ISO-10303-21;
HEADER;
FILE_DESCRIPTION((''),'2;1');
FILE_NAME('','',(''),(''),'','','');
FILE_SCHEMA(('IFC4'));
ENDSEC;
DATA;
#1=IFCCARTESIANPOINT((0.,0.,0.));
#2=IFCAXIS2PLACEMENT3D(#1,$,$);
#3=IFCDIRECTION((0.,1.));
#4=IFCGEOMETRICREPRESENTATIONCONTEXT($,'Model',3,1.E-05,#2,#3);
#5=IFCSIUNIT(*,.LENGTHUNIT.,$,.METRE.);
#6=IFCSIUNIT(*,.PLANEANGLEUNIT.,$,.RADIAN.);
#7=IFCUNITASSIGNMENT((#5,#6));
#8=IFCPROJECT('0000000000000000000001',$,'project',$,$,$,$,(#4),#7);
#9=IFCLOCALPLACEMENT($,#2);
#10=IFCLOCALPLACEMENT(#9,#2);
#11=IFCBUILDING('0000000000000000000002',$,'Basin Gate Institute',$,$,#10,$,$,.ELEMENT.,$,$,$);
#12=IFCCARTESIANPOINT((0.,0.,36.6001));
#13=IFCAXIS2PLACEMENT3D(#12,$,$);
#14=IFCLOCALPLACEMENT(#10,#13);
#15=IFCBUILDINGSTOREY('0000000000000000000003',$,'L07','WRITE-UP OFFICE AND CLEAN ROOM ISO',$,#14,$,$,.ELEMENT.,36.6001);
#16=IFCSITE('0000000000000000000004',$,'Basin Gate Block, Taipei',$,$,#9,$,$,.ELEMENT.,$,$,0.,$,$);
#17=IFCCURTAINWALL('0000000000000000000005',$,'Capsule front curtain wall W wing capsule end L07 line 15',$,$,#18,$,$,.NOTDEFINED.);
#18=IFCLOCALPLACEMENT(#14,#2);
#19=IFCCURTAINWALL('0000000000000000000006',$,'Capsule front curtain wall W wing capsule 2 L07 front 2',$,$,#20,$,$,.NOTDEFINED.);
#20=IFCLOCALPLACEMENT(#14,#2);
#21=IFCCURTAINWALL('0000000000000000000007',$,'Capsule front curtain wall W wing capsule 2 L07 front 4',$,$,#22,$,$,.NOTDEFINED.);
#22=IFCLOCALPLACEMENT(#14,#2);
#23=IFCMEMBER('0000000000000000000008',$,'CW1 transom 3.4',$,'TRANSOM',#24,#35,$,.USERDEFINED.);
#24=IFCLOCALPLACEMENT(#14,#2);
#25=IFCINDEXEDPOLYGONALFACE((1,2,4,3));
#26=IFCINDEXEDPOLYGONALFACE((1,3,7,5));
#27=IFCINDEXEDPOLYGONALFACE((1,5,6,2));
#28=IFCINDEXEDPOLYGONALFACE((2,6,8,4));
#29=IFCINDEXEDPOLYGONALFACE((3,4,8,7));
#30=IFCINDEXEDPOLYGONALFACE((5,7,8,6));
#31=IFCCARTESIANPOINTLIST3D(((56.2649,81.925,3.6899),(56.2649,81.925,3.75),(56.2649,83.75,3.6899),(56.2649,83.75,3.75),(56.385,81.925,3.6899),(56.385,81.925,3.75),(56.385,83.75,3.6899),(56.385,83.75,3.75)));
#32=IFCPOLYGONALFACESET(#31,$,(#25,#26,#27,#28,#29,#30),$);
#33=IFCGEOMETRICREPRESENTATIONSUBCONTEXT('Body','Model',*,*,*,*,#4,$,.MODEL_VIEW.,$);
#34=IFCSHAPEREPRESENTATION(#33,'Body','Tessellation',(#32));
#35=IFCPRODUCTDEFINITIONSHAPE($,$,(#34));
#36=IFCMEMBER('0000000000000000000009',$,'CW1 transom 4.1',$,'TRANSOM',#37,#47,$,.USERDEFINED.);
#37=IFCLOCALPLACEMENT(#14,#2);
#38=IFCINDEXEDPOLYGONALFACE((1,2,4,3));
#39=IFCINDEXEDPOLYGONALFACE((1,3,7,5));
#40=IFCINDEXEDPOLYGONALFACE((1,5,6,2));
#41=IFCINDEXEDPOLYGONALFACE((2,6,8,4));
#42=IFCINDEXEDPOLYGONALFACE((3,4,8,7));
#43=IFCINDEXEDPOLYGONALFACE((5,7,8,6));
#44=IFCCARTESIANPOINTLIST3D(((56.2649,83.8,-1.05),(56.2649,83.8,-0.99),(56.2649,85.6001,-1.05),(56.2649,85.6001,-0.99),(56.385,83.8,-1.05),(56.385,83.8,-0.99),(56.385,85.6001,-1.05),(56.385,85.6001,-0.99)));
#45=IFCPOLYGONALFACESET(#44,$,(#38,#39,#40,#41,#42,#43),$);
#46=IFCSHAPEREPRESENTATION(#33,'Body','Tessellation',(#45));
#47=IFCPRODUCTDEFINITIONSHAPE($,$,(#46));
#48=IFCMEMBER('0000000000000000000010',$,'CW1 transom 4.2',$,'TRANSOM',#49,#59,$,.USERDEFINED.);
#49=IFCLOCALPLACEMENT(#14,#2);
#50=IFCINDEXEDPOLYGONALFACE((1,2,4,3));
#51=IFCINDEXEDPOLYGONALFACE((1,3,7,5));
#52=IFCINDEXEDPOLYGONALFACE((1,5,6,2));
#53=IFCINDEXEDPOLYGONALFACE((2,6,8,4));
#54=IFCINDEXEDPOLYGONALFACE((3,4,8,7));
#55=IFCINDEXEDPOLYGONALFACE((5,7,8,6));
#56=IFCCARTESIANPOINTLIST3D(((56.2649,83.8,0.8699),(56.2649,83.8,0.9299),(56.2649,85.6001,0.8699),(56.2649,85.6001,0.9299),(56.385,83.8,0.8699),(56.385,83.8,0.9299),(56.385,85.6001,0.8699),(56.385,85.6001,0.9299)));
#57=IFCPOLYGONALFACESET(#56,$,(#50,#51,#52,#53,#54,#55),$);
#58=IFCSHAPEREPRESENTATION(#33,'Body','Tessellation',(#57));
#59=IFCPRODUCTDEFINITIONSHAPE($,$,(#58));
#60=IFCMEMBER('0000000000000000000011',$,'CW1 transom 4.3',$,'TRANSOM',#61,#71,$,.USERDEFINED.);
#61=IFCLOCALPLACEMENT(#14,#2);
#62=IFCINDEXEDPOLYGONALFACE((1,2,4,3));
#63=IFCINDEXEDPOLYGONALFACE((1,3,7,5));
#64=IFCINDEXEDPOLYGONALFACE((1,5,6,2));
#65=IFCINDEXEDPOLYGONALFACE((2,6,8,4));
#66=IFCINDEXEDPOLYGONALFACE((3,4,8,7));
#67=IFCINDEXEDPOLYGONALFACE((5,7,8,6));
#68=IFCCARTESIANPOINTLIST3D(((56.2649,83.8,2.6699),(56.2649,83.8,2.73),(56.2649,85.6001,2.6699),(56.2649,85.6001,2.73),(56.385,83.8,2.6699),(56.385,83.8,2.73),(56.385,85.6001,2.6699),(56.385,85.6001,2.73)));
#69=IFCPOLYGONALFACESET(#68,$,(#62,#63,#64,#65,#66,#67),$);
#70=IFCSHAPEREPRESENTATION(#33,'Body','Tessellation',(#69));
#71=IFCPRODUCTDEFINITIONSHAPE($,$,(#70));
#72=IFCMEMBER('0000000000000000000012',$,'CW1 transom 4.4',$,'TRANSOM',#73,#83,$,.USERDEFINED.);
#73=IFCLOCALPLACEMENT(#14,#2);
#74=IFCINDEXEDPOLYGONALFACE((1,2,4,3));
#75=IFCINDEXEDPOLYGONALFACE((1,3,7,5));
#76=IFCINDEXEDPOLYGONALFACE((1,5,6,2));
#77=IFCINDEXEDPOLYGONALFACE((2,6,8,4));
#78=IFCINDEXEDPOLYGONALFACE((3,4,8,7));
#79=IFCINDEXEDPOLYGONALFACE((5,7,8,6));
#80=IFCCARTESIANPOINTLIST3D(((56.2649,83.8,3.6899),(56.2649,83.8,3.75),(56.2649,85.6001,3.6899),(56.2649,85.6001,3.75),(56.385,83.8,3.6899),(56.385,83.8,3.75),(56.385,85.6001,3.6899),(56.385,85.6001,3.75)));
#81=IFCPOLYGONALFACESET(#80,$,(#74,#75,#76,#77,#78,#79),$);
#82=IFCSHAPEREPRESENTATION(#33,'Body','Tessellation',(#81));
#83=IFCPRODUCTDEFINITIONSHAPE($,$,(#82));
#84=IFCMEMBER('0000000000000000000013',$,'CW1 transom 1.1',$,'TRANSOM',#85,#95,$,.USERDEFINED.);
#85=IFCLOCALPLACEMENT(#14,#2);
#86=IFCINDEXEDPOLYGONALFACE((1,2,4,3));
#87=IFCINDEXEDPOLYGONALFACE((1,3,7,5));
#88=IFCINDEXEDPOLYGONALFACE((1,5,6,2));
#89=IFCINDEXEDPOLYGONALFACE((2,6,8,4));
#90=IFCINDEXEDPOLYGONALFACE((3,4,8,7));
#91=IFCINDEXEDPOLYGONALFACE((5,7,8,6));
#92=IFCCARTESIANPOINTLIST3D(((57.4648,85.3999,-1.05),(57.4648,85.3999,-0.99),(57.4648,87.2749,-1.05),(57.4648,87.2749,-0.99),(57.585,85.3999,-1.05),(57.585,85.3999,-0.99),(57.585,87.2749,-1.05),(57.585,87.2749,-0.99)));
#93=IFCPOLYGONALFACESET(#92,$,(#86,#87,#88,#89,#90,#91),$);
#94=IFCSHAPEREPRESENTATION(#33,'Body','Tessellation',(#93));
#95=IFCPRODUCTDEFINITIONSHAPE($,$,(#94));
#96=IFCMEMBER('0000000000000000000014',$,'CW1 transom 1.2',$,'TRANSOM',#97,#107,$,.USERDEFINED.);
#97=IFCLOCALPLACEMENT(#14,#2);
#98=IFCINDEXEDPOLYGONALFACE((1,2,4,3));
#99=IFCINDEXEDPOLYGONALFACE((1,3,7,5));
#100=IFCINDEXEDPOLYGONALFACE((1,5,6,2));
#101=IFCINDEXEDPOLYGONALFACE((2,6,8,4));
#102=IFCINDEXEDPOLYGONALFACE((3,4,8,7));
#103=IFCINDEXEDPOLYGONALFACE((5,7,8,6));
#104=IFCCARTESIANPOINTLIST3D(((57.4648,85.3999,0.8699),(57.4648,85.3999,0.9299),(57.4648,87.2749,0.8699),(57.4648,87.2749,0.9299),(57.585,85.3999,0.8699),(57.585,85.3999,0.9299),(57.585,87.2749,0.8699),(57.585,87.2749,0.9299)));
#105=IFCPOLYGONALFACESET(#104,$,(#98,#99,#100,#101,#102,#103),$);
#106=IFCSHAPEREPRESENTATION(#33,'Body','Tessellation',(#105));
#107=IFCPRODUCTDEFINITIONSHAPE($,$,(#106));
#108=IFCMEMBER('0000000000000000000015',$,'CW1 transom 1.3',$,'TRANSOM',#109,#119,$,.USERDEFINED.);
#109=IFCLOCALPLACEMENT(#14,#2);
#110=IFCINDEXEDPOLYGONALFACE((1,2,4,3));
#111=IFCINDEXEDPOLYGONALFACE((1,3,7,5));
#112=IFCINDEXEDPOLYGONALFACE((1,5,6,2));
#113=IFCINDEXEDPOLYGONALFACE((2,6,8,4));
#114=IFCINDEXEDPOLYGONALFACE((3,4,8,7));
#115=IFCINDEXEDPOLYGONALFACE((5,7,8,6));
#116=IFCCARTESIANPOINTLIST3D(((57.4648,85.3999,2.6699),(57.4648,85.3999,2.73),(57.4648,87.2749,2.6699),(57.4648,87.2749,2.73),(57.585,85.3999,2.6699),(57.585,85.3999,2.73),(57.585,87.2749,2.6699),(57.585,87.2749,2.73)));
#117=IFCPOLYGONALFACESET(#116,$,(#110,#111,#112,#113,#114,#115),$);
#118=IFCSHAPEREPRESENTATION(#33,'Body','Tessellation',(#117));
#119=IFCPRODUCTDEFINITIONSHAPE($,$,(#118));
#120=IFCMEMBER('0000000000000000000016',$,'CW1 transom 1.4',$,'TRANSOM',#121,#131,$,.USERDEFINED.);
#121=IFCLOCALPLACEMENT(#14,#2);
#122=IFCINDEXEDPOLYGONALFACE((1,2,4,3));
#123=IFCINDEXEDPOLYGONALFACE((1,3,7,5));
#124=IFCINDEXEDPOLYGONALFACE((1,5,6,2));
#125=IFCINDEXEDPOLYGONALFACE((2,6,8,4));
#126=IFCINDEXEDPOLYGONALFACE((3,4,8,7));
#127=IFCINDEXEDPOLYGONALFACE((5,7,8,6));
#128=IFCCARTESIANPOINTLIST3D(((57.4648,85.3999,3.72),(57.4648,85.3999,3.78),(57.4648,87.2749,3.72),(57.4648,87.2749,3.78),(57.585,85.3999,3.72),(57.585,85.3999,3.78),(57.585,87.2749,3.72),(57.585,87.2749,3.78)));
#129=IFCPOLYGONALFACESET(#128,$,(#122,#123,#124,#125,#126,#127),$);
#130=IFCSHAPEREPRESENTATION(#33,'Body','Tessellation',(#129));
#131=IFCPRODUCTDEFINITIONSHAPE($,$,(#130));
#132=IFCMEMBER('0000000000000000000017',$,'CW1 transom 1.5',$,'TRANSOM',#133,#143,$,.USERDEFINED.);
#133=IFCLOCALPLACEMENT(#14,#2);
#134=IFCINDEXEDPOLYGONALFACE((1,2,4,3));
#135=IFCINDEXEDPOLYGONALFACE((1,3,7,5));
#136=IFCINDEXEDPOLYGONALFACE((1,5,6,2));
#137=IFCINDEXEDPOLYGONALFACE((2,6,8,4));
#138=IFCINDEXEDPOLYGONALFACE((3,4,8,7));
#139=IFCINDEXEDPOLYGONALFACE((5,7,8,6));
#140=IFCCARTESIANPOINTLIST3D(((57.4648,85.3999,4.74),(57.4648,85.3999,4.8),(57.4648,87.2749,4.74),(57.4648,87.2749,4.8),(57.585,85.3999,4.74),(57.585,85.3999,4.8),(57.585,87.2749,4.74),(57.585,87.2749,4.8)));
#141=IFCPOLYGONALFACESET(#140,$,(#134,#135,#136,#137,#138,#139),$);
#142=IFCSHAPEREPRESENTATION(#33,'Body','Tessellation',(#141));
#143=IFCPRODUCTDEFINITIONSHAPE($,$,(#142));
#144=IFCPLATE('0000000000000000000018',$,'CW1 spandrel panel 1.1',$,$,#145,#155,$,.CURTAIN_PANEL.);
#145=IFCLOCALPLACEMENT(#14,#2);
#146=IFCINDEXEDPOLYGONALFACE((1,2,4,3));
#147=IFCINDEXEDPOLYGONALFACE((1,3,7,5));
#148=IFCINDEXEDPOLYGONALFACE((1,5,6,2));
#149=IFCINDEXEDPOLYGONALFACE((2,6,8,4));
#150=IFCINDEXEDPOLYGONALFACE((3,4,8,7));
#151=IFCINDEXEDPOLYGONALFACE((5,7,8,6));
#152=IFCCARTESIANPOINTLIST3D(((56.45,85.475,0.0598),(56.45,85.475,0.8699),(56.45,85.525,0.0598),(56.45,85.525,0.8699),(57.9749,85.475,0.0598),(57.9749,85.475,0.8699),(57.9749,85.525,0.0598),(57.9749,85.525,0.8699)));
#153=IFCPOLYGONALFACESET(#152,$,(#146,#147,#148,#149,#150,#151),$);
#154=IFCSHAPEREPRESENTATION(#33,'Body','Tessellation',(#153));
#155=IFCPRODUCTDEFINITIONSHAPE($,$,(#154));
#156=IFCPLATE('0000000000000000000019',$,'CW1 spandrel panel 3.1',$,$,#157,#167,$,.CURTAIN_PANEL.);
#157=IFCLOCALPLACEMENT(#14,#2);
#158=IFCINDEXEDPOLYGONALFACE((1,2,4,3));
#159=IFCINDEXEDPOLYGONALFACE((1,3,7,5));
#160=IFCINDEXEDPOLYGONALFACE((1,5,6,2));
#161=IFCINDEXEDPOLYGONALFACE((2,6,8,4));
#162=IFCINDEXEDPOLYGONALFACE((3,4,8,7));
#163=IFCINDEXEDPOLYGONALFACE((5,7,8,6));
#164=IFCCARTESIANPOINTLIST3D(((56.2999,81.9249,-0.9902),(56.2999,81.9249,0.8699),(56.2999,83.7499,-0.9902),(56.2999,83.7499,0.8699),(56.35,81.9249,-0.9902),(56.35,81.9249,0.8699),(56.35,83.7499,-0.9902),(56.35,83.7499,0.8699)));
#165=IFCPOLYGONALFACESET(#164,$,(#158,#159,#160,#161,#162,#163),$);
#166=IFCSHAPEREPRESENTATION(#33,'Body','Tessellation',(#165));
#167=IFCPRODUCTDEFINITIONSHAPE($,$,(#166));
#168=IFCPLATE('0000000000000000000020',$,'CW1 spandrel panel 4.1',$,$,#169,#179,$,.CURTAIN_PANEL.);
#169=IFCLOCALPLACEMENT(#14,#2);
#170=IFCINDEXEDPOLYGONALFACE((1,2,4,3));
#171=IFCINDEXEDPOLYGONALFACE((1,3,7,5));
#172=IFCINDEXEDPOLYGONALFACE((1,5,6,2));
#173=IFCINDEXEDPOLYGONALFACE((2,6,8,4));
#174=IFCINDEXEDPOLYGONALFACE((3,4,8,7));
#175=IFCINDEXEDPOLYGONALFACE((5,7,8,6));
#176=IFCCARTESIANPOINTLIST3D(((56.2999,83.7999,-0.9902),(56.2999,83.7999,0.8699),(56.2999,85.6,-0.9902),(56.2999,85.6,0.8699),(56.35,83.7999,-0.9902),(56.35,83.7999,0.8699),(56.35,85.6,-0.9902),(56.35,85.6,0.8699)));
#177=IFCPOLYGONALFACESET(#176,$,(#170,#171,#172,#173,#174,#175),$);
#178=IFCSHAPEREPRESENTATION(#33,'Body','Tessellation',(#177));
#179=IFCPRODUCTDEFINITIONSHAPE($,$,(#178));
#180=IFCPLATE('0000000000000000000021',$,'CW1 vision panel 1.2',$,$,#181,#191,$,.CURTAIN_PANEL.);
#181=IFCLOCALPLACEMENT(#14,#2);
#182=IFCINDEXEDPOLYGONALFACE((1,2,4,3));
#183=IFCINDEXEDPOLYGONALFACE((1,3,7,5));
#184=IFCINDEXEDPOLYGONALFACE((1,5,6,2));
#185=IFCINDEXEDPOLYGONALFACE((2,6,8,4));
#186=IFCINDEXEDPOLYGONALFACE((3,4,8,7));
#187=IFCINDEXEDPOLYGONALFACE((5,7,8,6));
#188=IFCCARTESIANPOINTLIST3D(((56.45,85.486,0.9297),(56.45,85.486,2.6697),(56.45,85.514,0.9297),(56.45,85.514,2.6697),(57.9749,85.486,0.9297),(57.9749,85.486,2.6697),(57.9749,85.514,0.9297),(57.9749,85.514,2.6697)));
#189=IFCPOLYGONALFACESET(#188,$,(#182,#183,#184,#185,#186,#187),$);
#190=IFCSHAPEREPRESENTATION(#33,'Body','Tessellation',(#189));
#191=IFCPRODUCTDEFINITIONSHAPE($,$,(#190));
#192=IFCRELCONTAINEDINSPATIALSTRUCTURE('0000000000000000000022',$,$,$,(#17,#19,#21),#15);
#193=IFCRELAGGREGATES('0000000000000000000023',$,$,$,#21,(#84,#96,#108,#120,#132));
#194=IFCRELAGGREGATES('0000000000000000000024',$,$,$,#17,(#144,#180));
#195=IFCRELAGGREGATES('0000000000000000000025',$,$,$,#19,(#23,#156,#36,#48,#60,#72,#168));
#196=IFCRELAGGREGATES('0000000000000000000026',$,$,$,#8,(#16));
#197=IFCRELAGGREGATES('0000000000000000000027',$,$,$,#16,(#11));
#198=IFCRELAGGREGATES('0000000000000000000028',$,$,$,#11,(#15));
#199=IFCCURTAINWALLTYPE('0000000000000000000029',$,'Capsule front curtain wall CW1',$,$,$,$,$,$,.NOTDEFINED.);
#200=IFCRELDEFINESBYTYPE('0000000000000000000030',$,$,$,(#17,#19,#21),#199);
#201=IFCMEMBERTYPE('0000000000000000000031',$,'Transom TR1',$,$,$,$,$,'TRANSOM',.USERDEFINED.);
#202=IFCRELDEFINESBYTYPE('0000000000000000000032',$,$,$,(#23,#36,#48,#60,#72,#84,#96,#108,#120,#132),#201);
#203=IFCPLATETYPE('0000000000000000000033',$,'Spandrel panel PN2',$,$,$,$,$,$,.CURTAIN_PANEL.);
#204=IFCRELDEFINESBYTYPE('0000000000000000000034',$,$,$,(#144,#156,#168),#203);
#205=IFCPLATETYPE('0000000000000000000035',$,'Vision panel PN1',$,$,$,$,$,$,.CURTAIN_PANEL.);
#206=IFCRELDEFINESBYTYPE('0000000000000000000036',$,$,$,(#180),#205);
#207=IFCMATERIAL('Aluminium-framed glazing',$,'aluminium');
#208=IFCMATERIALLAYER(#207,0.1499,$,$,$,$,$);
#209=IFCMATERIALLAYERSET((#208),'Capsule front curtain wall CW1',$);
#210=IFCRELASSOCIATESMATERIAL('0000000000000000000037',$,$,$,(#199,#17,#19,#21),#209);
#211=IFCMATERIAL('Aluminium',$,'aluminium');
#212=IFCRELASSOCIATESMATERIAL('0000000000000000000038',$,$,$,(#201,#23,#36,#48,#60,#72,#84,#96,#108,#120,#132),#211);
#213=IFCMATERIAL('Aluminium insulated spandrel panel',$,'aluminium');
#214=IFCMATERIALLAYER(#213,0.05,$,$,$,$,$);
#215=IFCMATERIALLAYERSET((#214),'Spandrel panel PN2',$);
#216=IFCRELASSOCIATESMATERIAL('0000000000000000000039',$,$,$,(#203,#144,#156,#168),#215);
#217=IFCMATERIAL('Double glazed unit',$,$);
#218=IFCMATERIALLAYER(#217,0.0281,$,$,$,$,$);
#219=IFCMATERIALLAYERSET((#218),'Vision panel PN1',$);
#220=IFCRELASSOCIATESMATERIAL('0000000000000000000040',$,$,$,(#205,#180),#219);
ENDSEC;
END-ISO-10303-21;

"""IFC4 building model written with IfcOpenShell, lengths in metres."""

from ifc_helpers import new_model, si_unit, direction, frame, origin, origin_2d, place, context, subcontext, project, spatial, rectangle, extrude, material, layer, layer_set, material_profile, profile_set, type_object, element, aggregate, save


model = new_model("IFC4")

# Units and contexts
model_context = context("Model", 3, precision=1e-05, world=origin(), true_north=direction((0.0, 1.0)))
body_context = subcontext(model_context, "Body", "Model", "MODEL_VIEW")
ifc_project = project(units=[si_unit("LENGTHUNIT", "METRE"), si_unit("PLANEANGLEUNIT", "RADIAN")], contexts=[model_context])

# Site, building, storey
site_placement = place(None, origin())
site = spatial("IfcSite", under=ifc_project, at=site_placement, Name="Basin Gate Block, Taipei", CompositionType="ELEMENT", RefElevation=0.0)
building_placement = place(site_placement, origin())
building = spatial("IfcBuilding", under=site, at=building_placement, Name="Basin Gate Institute", CompositionType="ELEMENT")
storey_placement = place(building_placement, frame((0.0, 0.0, 36.6001)))
storey = spatial("IfcBuildingStorey", under=building, at=storey_placement, Name="L07", Description="WRITE-UP OFFICE AND CLEAN ROOM ISO", CompositionType="ELEMENT", Elevation=36.6001)

# Curtain wall
ifc_material_1 = material(Name="Aluminium-framed glazing", Category="aluminium")
ifc_layer_1 = layer(ifc_material_1, 0.1499)
ifc_layer_set_1 = layer_set([ifc_layer_1], Name="Capsule front curtain wall CW1")
curtain_wall_type = type_object("IfcCurtainWallType", Name="Capsule front curtain wall CW1", PredefinedType="NOTDEFINED", material=ifc_layer_set_1)
curtain_wall_1_placement = place(storey_placement, origin())
curtain_wall_1 = element("IfcCurtainWall", 1, at=curtain_wall_1_placement, inside=storey, type_object=curtain_wall_type, material=ifc_layer_set_1, Name="Capsule front curtain wall W wing capsule end L07 line 15", PredefinedType="NOTDEFINED")

# Curtain wall
curtain_wall_2_placement = place(storey_placement, origin())
curtain_wall_2 = element("IfcCurtainWall", 2, at=curtain_wall_2_placement, inside=storey, type_object=curtain_wall_type, material=ifc_layer_set_1, Name="Capsule front curtain wall W wing capsule 2 L07 front 2", PredefinedType="NOTDEFINED")

# Curtain wall
curtain_wall_3_placement = place(storey_placement, origin())
curtain_wall_3 = element("IfcCurtainWall", 3, at=curtain_wall_3_placement, inside=storey, type_object=curtain_wall_type, material=ifc_layer_set_1, Name="Capsule front curtain wall W wing capsule 2 L07 front 4", PredefinedType="NOTDEFINED")

# Members
ifc_material_2 = material(Name="Aluminium", Category="aluminium")
ifc_material_profile_1 = material_profile(ifc_material_2, rectangle(XDim=0.1201, YDim=0.0601, at=origin_2d()), Name="Transom TR1 120 x 60")
ifc_profile_set_1 = profile_set([ifc_material_profile_1], Name="Aluminium")
member_type_1 = type_object("IfcMemberType", Name="Transom TR1", ElementType="TRANSOM", PredefinedType="USERDEFINED", material=ifc_profile_set_1)
member_1_placement = place(storey_placement, frame((56.325, 81.925, 3.72), z_axis=(0.0, 1.0, 0.0), x_axis=(-1.0, 0.0, 0.0)))
member_1 = element("IfcMember", 4, at=member_1_placement, type_object=member_type_1, material=ifc_profile_set_1, Name="CW1 transom 3.4", ObjectType="TRANSOM", PredefinedType="USERDEFINED", context=body_context, shape_type="SweptSolid", body=[
    extrude(rectangle(XDim=0.1201, YDim=0.0601, at=origin_2d()), origin(), (0.0, 0.0, 1.0), 1.825),
])
member_2_placement = place(storey_placement, frame((56.325, 83.8, -1.02), z_axis=(0.0, 1.0, 0.0), x_axis=(-1.0, 0.0, 0.0)))
member_2 = element("IfcMember", 5, at=member_2_placement, type_object=member_type_1, material=ifc_profile_set_1, Name="CW1 transom 4.1", ObjectType="TRANSOM", PredefinedType="USERDEFINED", context=body_context, shape_type="SweptSolid", body=[
    extrude(rectangle(XDim=0.1201, YDim=0.0601, at=origin_2d()), origin(), (0.0, 0.0, 1.0), 1.8),
])
member_3_placement = place(storey_placement, frame((56.325, 83.8, 0.8999), z_axis=(0.0, 1.0, 0.0), x_axis=(-1.0, 0.0, 0.0)))
member_3 = element("IfcMember", 6, at=member_3_placement, type_object=member_type_1, material=ifc_profile_set_1, Name="CW1 transom 4.2", ObjectType="TRANSOM", PredefinedType="USERDEFINED", context=body_context, shape_type="SweptSolid", body=[
    extrude(rectangle(XDim=0.1201, YDim=0.0601, at=origin_2d()), origin(), (0.0, 0.0, 1.0), 1.8),
])
member_4_placement = place(storey_placement, frame((56.325, 83.8, 2.7), z_axis=(0.0, 1.0, 0.0), x_axis=(-1.0, 0.0, 0.0)))
member_4 = element("IfcMember", 7, at=member_4_placement, type_object=member_type_1, material=ifc_profile_set_1, Name="CW1 transom 4.3", ObjectType="TRANSOM", PredefinedType="USERDEFINED", context=body_context, shape_type="SweptSolid", body=[
    extrude(rectangle(XDim=0.1201, YDim=0.0601, at=origin_2d()), origin(), (0.0, 0.0, 1.0), 1.8),
])
member_5_placement = place(storey_placement, frame((56.325, 83.8, 3.72), z_axis=(0.0, 1.0, 0.0), x_axis=(-1.0, 0.0, 0.0)))
member_5 = element("IfcMember", 8, at=member_5_placement, type_object=member_type_1, material=ifc_profile_set_1, Name="CW1 transom 4.4", ObjectType="TRANSOM", PredefinedType="USERDEFINED", context=body_context, shape_type="SweptSolid", body=[
    extrude(rectangle(XDim=0.1201, YDim=0.0601, at=origin_2d()), origin(), (0.0, 0.0, 1.0), 1.8),
])
member_6_placement = place(storey_placement, frame((57.5249, 85.3999, -1.02), z_axis=(0.0, 1.0, 0.0), x_axis=(-1.0, 0.0, 0.0)))
member_6 = element("IfcMember", 9, at=member_6_placement, type_object=member_type_1, material=ifc_profile_set_1, Name="CW1 transom 1.1", ObjectType="TRANSOM", PredefinedType="USERDEFINED", context=body_context, shape_type="SweptSolid", body=[
    extrude(rectangle(XDim=0.1201, YDim=0.0601, at=origin_2d()), origin(), (0.0, 0.0, 1.0), 1.875),
])
member_7_placement = place(storey_placement, frame((57.5249, 85.3999, 0.8999), z_axis=(0.0, 1.0, 0.0), x_axis=(-1.0, 0.0, 0.0)))
member_7 = element("IfcMember", 10, at=member_7_placement, type_object=member_type_1, material=ifc_profile_set_1, Name="CW1 transom 1.2", ObjectType="TRANSOM", PredefinedType="USERDEFINED", context=body_context, shape_type="SweptSolid", body=[
    extrude(rectangle(XDim=0.1201, YDim=0.0601, at=origin_2d()), origin(), (0.0, 0.0, 1.0), 1.875),
])
member_8_placement = place(storey_placement, frame((57.5249, 85.3999, 2.7), z_axis=(0.0, 1.0, 0.0), x_axis=(-1.0, 0.0, 0.0)))
member_8 = element("IfcMember", 11, at=member_8_placement, type_object=member_type_1, material=ifc_profile_set_1, Name="CW1 transom 1.3", ObjectType="TRANSOM", PredefinedType="USERDEFINED", context=body_context, shape_type="SweptSolid", body=[
    extrude(rectangle(XDim=0.1201, YDim=0.0601, at=origin_2d()), origin(), (0.0, 0.0, 1.0), 1.875),
])
member_9_placement = place(storey_placement, frame((57.5249, 85.3999, 3.75), z_axis=(0.0, 1.0, 0.0), x_axis=(-1.0, 0.0, 0.0)))
member_9 = element("IfcMember", 12, at=member_9_placement, type_object=member_type_1, material=ifc_profile_set_1, Name="CW1 transom 1.4", ObjectType="TRANSOM", PredefinedType="USERDEFINED", context=body_context, shape_type="SweptSolid", body=[
    extrude(rectangle(XDim=0.1201, YDim=0.0601, at=origin_2d()), origin(), (0.0, 0.0, 1.0), 1.875),
])
member_10_placement = place(storey_placement, frame((57.5249, 85.3999, 4.77), z_axis=(0.0, 1.0, 0.0), x_axis=(-1.0, 0.0, 0.0)))
member_10 = element("IfcMember", 13, at=member_10_placement, type_object=member_type_1, material=ifc_profile_set_1, Name="CW1 transom 1.5", ObjectType="TRANSOM", PredefinedType="USERDEFINED", context=body_context, shape_type="SweptSolid", body=[
    extrude(rectangle(XDim=0.1201, YDim=0.0601, at=origin_2d()), origin(), (0.0, 0.0, 1.0), 1.875),
])
aggregate(curtain_wall_3, [member_6, member_7, member_8, member_9, member_10])

# Plates
ifc_material_3 = material(Name="Aluminium insulated spandrel panel", Category="aluminium")
ifc_layer_2 = layer(ifc_material_3, 0.05)
ifc_layer_set_2 = layer_set([ifc_layer_2], Name="Spandrel panel PN2")
plate_type_1 = type_object("IfcPlateType", Name="Spandrel panel PN2", PredefinedType="CURTAIN_PANEL", material=ifc_layer_set_2)
plate_1_placement = place(storey_placement, frame((57.2124, 85.5, 0.0598), z_axis=(0.0, 0.0, 1.0), x_axis=(1.0, 0.0, 0.0)))
plate_1 = element("IfcPlate", 14, at=plate_1_placement, type_object=plate_type_1, material=ifc_layer_set_2, Name="CW1 spandrel panel 1.1", PredefinedType="CURTAIN_PANEL", context=body_context, shape_type="SweptSolid", body=[
    extrude(rectangle(XDim=1.5249, YDim=0.05, at=origin_2d()), origin(), (0.0, 0.0, 1.0), 0.8101),
])
plate_2_placement = place(storey_placement, frame((56.325, 82.8374, -0.9902), z_axis=(0.0, 0.0, 1.0), x_axis=(0.0, 1.0, 0.0)))
plate_2 = element("IfcPlate", 15, at=plate_2_placement, type_object=plate_type_1, material=ifc_layer_set_2, Name="CW1 spandrel panel 3.1", PredefinedType="CURTAIN_PANEL", context=body_context, shape_type="SweptSolid", body=[
    extrude(rectangle(XDim=1.825, YDim=0.05, at=origin_2d()), origin(), (0.0, 0.0, 1.0), 1.8601),
])
plate_3_placement = place(storey_placement, frame((56.325, 84.7, -0.9902), z_axis=(0.0, 0.0, 1.0), x_axis=(0.0, 1.0, 0.0)))
plate_3 = element("IfcPlate", 16, at=plate_3_placement, type_object=plate_type_1, material=ifc_layer_set_2, Name="CW1 spandrel panel 4.1", PredefinedType="CURTAIN_PANEL", context=body_context, shape_type="SweptSolid", body=[
    extrude(rectangle(XDim=1.8, YDim=0.05, at=origin_2d()), origin(), (0.0, 0.0, 1.0), 1.8601),
])
ifc_material_4 = material(Name="Double glazed unit")
ifc_layer_3 = layer(ifc_material_4, 0.0281)
ifc_layer_set_3 = layer_set([ifc_layer_3], Name="Vision panel PN1")
plate_type_2 = type_object("IfcPlateType", Name="Vision panel PN1", PredefinedType="CURTAIN_PANEL", material=ifc_layer_set_3)
plate_4_placement = place(storey_placement, frame((57.2124, 85.5, 0.9297), z_axis=(0.0, 0.0, 1.0), x_axis=(1.0, 0.0, 0.0)))
plate_4 = element("IfcPlate", 17, at=plate_4_placement, type_object=plate_type_2, material=ifc_layer_set_3, Name="CW1 vision panel 1.2", PredefinedType="CURTAIN_PANEL", context=body_context, shape_type="SweptSolid", body=[
    extrude(rectangle(XDim=1.5249, YDim=0.0281, at=origin_2d()), origin(), (0.0, 0.0, 1.0), 1.74),
])
aggregate(curtain_wall_1, [plate_1, plate_4])
aggregate(curtain_wall_2, [member_1, plate_2, member_2, member_3, member_4, member_5, plate_3])

save(model, "model.ifc")
